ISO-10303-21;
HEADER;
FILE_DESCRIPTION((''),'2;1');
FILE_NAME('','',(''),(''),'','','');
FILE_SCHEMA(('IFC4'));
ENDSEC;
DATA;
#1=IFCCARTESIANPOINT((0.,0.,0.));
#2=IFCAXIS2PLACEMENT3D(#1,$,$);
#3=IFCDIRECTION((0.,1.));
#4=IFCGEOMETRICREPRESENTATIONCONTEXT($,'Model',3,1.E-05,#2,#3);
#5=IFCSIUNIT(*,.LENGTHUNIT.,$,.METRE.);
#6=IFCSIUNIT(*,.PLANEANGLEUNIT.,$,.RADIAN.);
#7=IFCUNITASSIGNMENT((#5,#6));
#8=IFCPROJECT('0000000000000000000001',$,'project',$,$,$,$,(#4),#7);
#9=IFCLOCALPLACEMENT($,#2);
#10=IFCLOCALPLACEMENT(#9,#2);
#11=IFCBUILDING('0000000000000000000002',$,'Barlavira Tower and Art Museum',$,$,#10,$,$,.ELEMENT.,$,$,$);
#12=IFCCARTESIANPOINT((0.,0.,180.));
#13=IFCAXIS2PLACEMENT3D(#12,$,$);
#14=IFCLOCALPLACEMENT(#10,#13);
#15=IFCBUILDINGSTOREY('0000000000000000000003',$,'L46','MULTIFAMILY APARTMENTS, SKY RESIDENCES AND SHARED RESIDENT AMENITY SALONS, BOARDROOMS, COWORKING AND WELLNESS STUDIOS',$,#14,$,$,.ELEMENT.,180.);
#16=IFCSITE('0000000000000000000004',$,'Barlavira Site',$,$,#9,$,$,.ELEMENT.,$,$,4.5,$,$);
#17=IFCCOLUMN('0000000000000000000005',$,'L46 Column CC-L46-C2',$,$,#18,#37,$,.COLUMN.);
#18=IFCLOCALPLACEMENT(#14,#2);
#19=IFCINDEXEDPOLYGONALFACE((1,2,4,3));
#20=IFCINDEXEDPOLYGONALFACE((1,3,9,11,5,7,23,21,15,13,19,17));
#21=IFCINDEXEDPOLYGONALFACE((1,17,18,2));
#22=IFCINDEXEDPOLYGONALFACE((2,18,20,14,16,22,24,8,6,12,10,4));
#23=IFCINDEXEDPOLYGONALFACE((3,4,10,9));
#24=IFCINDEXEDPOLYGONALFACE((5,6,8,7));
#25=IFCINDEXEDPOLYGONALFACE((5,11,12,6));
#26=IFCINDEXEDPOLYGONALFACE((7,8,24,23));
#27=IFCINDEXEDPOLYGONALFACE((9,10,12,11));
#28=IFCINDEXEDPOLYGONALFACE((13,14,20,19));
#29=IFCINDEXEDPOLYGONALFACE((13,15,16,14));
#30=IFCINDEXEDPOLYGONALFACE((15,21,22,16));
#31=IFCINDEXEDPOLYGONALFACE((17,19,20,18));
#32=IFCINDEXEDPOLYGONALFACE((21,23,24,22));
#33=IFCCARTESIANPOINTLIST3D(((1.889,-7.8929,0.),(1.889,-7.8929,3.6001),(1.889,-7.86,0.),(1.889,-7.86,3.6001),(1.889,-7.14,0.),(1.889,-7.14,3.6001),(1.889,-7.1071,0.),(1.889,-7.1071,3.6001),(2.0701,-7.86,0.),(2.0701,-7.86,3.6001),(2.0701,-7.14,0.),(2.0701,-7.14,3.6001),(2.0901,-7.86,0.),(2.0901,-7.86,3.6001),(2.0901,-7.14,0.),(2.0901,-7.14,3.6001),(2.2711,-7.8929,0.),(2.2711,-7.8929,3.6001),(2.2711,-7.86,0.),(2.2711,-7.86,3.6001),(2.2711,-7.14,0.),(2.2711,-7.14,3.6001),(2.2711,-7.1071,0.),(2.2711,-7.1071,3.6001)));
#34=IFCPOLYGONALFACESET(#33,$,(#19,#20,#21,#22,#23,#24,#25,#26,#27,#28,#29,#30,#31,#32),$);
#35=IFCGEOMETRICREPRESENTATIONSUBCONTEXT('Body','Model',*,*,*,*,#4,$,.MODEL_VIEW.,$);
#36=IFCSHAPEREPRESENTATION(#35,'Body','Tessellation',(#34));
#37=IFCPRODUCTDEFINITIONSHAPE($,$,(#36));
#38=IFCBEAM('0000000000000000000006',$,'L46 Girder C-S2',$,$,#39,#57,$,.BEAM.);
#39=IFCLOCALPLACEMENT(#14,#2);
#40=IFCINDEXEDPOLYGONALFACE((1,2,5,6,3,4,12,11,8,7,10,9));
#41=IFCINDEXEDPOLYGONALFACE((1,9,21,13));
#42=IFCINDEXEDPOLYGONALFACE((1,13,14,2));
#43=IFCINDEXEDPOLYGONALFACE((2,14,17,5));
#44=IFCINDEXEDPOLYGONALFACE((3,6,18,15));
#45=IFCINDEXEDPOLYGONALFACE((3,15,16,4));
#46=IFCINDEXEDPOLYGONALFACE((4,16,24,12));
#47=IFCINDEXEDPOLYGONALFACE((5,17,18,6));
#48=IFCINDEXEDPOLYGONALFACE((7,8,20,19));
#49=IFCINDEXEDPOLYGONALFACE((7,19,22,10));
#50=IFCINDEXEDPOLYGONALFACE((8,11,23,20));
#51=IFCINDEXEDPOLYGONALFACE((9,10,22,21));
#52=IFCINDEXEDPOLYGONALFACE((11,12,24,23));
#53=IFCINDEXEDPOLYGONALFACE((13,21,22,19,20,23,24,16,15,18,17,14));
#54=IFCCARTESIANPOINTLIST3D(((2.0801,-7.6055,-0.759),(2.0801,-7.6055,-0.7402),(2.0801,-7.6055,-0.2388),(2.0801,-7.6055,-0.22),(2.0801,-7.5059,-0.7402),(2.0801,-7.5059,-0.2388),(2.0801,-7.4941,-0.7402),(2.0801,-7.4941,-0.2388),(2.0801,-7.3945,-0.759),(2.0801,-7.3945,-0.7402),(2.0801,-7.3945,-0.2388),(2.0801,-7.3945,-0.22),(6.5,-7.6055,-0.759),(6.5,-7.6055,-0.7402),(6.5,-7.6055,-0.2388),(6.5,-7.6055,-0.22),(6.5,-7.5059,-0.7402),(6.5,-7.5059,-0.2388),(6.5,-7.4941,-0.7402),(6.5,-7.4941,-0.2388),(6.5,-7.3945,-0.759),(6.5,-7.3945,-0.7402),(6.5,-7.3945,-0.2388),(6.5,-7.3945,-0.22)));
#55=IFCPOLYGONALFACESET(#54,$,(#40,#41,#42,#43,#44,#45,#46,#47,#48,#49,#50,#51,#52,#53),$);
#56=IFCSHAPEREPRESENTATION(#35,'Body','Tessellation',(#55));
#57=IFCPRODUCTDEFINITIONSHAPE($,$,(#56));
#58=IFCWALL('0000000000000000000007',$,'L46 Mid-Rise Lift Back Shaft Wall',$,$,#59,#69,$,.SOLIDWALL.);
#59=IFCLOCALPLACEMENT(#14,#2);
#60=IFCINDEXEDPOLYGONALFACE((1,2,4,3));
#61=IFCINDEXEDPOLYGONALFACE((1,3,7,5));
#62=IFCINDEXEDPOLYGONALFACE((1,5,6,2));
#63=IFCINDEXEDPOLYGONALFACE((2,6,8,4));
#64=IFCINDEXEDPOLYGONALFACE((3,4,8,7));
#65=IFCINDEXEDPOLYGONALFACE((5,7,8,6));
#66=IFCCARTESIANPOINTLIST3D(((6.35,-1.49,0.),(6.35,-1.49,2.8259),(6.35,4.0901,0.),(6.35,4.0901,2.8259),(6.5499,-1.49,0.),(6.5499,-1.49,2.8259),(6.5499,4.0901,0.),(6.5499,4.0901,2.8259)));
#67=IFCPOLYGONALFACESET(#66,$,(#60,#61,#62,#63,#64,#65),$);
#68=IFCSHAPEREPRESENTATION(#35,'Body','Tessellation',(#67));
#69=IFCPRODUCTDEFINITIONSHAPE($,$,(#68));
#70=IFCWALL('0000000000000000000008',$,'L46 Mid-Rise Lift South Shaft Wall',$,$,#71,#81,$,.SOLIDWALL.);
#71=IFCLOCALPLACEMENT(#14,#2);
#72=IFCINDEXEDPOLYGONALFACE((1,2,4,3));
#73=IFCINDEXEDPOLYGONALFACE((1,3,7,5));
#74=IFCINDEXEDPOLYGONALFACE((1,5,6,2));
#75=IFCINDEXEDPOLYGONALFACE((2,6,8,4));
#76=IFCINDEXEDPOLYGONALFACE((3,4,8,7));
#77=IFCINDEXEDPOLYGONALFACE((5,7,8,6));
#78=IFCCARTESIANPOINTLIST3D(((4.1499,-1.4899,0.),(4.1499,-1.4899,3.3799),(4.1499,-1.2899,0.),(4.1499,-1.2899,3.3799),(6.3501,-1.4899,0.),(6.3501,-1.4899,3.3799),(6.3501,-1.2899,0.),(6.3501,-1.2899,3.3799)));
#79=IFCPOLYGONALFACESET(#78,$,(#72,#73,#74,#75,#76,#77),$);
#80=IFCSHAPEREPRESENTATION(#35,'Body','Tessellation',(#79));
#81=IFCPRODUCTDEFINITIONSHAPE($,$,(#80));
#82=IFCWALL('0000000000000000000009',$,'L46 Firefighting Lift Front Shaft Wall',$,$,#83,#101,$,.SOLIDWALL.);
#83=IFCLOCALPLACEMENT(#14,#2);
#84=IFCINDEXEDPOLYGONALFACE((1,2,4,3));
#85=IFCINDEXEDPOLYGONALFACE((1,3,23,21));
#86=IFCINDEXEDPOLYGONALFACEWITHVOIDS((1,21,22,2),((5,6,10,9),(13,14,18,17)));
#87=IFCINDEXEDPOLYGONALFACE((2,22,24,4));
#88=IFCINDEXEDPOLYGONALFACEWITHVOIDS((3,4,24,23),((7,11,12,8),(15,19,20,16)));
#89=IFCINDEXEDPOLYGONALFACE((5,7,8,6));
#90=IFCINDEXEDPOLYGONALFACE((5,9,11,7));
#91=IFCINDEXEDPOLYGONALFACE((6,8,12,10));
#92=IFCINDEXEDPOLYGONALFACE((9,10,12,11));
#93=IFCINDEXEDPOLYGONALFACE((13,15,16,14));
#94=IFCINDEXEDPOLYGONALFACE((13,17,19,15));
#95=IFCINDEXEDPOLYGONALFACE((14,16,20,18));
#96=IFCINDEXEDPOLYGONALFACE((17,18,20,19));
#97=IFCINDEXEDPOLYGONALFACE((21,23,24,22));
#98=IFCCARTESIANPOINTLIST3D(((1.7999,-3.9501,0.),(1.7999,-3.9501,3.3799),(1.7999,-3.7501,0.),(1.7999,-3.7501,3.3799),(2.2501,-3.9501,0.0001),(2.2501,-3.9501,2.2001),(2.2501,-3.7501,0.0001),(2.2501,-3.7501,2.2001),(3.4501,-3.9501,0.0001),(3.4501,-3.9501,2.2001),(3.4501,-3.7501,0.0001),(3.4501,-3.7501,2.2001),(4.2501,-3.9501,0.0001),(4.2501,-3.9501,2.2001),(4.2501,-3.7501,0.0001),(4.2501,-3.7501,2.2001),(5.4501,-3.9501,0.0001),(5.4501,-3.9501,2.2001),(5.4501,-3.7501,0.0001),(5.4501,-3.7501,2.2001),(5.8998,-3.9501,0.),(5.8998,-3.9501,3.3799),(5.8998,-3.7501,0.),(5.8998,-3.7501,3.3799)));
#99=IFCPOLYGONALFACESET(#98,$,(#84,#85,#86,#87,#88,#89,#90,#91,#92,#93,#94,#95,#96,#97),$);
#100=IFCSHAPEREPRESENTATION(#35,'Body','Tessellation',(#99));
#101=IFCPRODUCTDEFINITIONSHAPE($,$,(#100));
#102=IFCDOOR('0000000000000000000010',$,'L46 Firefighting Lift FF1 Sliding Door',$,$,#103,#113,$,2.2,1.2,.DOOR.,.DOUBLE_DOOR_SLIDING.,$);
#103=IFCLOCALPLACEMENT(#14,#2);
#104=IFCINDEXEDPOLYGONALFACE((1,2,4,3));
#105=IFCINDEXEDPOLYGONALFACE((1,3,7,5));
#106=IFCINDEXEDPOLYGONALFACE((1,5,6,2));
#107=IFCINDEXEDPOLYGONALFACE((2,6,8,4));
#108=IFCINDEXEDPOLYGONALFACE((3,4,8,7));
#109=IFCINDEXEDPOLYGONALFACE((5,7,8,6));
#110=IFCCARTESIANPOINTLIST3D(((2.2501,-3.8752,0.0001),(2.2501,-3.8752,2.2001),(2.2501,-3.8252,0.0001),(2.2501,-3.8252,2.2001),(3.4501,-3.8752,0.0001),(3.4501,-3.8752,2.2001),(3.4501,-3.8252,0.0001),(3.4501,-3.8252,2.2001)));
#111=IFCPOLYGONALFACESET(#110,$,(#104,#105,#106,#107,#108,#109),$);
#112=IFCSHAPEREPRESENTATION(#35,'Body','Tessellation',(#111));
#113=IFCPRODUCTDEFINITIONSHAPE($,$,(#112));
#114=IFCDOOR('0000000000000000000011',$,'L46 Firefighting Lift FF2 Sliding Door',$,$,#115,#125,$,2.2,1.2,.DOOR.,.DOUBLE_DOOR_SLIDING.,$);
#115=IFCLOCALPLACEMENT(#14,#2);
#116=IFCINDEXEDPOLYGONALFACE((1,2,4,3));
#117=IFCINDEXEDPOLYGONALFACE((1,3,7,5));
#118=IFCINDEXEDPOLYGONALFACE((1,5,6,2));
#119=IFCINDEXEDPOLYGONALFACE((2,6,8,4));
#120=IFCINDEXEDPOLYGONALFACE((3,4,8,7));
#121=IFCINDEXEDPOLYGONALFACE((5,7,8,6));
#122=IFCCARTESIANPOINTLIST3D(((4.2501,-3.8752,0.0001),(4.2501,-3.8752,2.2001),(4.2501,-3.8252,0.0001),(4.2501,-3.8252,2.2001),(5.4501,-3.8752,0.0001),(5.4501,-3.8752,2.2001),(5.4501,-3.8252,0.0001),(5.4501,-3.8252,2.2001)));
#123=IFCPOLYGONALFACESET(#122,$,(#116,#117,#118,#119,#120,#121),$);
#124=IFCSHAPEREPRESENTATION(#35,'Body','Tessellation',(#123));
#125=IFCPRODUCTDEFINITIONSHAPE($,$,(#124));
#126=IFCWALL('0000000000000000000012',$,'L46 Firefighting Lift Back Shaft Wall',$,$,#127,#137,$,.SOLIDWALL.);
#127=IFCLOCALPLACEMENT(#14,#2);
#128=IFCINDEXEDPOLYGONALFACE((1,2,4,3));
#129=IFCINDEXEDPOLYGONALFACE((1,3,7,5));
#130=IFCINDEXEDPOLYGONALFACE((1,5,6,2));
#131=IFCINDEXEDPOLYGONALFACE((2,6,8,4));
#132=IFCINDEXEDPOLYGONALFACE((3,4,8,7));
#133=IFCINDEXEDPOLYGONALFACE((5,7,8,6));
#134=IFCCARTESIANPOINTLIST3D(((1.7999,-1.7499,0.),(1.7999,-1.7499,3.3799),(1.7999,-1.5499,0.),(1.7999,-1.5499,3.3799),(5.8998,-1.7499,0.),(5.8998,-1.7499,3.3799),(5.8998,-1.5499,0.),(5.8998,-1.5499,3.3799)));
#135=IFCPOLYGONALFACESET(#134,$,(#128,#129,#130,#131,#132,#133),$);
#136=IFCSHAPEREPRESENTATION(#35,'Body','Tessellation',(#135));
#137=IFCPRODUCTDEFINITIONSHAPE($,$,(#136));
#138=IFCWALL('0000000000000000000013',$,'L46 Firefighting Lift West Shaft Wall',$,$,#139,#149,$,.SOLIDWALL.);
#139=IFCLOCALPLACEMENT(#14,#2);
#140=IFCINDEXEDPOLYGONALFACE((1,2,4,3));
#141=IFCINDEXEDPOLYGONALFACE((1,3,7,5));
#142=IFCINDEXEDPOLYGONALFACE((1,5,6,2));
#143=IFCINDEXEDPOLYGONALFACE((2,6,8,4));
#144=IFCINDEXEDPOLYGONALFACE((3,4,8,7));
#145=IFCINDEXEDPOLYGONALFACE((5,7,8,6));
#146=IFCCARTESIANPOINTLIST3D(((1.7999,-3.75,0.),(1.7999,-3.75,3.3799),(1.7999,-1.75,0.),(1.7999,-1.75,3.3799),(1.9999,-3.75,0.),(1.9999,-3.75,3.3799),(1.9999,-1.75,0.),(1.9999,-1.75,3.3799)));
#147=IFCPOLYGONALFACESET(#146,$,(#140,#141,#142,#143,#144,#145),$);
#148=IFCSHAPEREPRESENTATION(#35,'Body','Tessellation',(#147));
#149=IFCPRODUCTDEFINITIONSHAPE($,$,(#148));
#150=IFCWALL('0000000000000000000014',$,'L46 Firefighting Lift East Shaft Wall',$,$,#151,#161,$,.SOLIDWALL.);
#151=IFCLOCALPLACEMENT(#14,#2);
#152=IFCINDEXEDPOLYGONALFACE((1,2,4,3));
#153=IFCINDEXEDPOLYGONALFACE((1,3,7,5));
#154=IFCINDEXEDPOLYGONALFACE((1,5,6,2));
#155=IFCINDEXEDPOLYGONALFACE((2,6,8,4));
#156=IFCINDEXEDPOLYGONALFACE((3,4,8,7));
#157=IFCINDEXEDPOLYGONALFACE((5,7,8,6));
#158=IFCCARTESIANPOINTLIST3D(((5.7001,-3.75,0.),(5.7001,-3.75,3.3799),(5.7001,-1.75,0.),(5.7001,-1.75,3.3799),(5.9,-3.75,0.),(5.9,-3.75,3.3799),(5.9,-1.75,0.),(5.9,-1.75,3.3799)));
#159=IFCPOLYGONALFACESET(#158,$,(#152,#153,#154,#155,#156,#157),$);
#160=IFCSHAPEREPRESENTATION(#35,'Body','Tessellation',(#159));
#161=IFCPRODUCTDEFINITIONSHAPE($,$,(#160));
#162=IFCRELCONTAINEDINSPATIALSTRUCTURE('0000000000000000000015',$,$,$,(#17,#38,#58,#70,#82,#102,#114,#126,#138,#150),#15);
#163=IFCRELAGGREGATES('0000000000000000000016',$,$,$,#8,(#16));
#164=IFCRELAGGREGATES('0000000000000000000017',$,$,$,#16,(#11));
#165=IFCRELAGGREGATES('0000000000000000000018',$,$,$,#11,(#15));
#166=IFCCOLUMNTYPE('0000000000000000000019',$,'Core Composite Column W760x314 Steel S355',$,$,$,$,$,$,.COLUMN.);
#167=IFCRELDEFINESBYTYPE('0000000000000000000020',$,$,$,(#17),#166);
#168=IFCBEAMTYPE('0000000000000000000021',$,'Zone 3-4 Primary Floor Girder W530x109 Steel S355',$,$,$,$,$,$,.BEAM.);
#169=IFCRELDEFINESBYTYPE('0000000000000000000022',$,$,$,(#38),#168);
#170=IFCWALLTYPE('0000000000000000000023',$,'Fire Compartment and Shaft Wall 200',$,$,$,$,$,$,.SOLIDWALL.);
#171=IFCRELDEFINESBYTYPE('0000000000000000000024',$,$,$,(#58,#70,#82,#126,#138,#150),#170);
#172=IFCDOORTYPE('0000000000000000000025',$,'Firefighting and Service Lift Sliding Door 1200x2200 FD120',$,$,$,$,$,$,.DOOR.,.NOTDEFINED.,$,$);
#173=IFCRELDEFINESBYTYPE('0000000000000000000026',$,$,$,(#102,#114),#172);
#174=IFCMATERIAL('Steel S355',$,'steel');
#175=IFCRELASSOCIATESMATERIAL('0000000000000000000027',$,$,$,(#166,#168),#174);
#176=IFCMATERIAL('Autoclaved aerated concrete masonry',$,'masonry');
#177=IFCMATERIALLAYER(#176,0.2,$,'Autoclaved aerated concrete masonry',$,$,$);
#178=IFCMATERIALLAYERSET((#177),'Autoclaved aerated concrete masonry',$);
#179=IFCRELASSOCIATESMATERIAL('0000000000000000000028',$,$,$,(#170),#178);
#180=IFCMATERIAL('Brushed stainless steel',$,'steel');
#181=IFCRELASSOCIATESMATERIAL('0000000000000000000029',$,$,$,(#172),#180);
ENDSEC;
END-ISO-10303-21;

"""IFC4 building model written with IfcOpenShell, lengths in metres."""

from ifc_helpers import new_model, si_unit, direction, frame, frame_2d, origin, origin_2d, place, context, subcontext, project, spatial, rectangle, i_section, extrude, material, layer, layer_set, material_profile, profile_set, type_object, element, fill, save


model = new_model("IFC4")

# Units and contexts
model_context = context("Model", 3, precision=1e-05, world=origin(), true_north=direction((0.0, 1.0)))
body_context = subcontext(model_context, "Body", "Model", "MODEL_VIEW")
ifc_project = project(units=[si_unit("LENGTHUNIT", "METRE"), si_unit("PLANEANGLEUNIT", "RADIAN")], contexts=[model_context])

# Site, building, storey
site_placement = place(None, origin())
site = spatial("IfcSite", under=ifc_project, at=site_placement, Name="Barlavira Site", CompositionType="ELEMENT", RefElevation=4.5)
building_placement = place(site_placement, origin())
building = spatial("IfcBuilding", under=site, at=building_placement, Name="Barlavira Tower and Art Museum", CompositionType="ELEMENT")
storey_placement = place(building_placement, frame((0.0, 0.0, 180.0)))
storey = spatial("IfcBuildingStorey", under=building, at=storey_placement, Name="L46", Description="MULTIFAMILY APARTMENTS, SKY RESIDENCES AND SHARED RESIDENT AMENITY SALONS, BOARDROOMS, COWORKING AND WELLNESS STUDIOS", CompositionType="ELEMENT", Elevation=180.0)

# Column
ifc_material_1 = material(Name="Steel S355", Category="steel")
ifc_material_profile_1 = material_profile(ifc_material_1, i_section(OverallWidth=0.3821, OverallDepth=0.7859, WebThickness=0.02, FlangeThickness=0.033, at=origin_2d()), Name="W760x314.0")
ifc_profile_set_1 = profile_set([ifc_material_profile_1], Name="Steel S355")
column_type = type_object("IfcColumnType", Name="Core Composite Column W760x314 Steel S355", PredefinedType="COLUMN", material=ifc_profile_set_1)
column_placement = place(storey_placement, frame((2.0801, -7.5, 0.0), z_axis=(0.0, 0.0, 1.0), x_axis=(1.0, 0.0, 0.0)))
element("IfcColumn", 1, at=column_placement, inside=storey, type_object=column_type, Name="L46 Column CC-L46-C2", PredefinedType="COLUMN", context=body_context, shape_type="SweptSolid", body=[
    extrude(i_section(OverallWidth=0.3821, OverallDepth=0.7859, WebThickness=0.02, FlangeThickness=0.033, at=origin_2d()), origin(), (0.0, 0.0, 1.0), 3.6001),
])

# Beam
ifc_material_profile_2 = material_profile(ifc_material_1, i_section(OverallWidth=0.2109, OverallDepth=0.5391, WebThickness=0.0117, FlangeThickness=0.0188, at=origin_2d()), Name="W530x109.0")
ifc_profile_set_2 = profile_set([ifc_material_profile_2], Name="Steel S355")
beam_type = type_object("IfcBeamType", Name="Zone 3-4 Primary Floor Girder W530x109 Steel S355", PredefinedType="BEAM", material=ifc_profile_set_2)
beam_placement = place(storey_placement, frame((2.0801, -7.5, -0.4895), z_axis=(1.0, 0.0, 0.0), x_axis=(0.0, 1.0, 0.0)))
element("IfcBeam", 2, at=beam_placement, inside=storey, type_object=beam_type, Name="L46 Girder C-S2", PredefinedType="BEAM", context=body_context, shape_type="SweptSolid", body=[
    extrude(i_section(OverallWidth=0.2109, OverallDepth=0.5391, WebThickness=0.0117, FlangeThickness=0.0188, at=origin_2d()), origin(), (0.0, 0.0, 1.0), 4.4199),
])

# Shared definitions
ifc_material_2 = material(Name="Autoclaved aerated concrete masonry", Category="masonry")
ifc_layer_1 = layer(ifc_material_2, 0.2, Name="Autoclaved aerated concrete masonry")
ifc_layer_set_1 = layer_set([ifc_layer_1], Name="Autoclaved aerated concrete masonry")
wall_type_1 = type_object("IfcWallType", Name="Fire Compartment and Shaft Wall 200", PredefinedType="SOLIDWALL", material=ifc_layer_set_1)
ifc_material_3 = material(Name="Brushed stainless steel", Category="steel")

# Walls
wall_1_placement = place(storey_placement, frame((6.45, -1.49, 0.0), z_axis=(0.0, 0.0, 1.0), x_axis=(0.0, 1.0, 0.0)))
element("IfcWall", 3, at=wall_1_placement, inside=storey, type_object=wall_type_1, Name="L46 Mid-Rise Lift Back Shaft Wall", PredefinedType="SOLIDWALL", context=body_context, shape_type="SweptSolid", body=[
    extrude(rectangle(XDim=5.5801, YDim=0.2, at=frame_2d((2.79, 0.0))), origin(), (0.0, 0.0, 1.0), 2.8259),
])
wall_2_placement = place(storey_placement, frame((4.1499, -1.3899, 0.0), z_axis=(0.0, 0.0, 1.0), x_axis=(1.0, 0.0, 0.0)))
element("IfcWall", 4, at=wall_2_placement, inside=storey, type_object=wall_type_1, Name="L46 Mid-Rise Lift South Shaft Wall", PredefinedType="SOLIDWALL", context=body_context, shape_type="SweptSolid", body=[
    extrude(rectangle(XDim=2.2002, YDim=0.2, at=frame_2d((1.1001, 0.0))), origin(), (0.0, 0.0, 1.0), 3.3799),
])

# Wall, openings, doors
wall_3_placement = place(storey_placement, frame((1.8, -3.8501, 0.0), z_axis=(0.0, 0.0, 1.0), x_axis=(1.0, 0.0, 0.0)))
wall_3 = element("IfcWall", 5, at=wall_3_placement, inside=storey, type_object=wall_type_1, Name="L46 Firefighting Lift Front Shaft Wall", PredefinedType="SOLIDWALL", context=body_context, shape_type="SweptSolid", body=[
    extrude(rectangle(XDim=4.0999, YDim=0.2, at=frame_2d((2.0498, 0.0))), origin(), (0.0, 0.0, 1.0), 3.3799),
])
opening_1_placement = place(wall_3_placement, frame((0.45, 0.0, 0.0)))
opening_1 = element("IfcOpeningElement", 6, at=opening_1_placement, cuts=wall_3, PredefinedType="OPENING", context=body_context, shape_type="SweptSolid", body=[
    extrude(rectangle(XDim=1.2, YDim=2.2, at=frame_2d((0.6001, 1.1001))), frame((0.0, 0.1099, 0.0), z_axis=(0.0, -1.0, 0.0), x_axis=(1.0, 0.0, 0.0)), (0.0, 0.0, 1.0), 0.22),
])
opening_2_placement = place(wall_3_placement, frame((2.45, 0.0, 0.0)))
opening_2 = element("IfcOpeningElement", 7, at=opening_2_placement, cuts=wall_3, PredefinedType="OPENING", context=body_context, shape_type="SweptSolid", body=[
    extrude(rectangle(XDim=1.2, YDim=2.2, at=frame_2d((0.6001, 1.1001))), frame((0.0, 0.1099, 0.0), z_axis=(0.0, -1.0, 0.0), x_axis=(1.0, 0.0, 0.0)), (0.0, 0.0, 1.0), 0.22),
])
door_type_1 = type_object("IfcDoorType", Name="Firefighting and Service Lift Sliding Door 1200x2200 FD120", OperationType="NOTDEFINED", PredefinedType="DOOR", material=ifc_material_3)
door_1_placement = place(opening_1_placement, origin())
door_1 = element("IfcDoor", 8, at=door_1_placement, inside=storey, type_object=door_type_1, Name="L46 Firefighting Lift FF1 Sliding Door", OperationType="DOUBLE_DOOR_SLIDING", OverallHeight=2.2, OverallWidth=1.2, PredefinedType="DOOR", context=body_context, shape_type="SweptSolid", body=[
    extrude(rectangle(XDim=1.2, YDim=2.2, at=frame_2d((0.6001, 1.1001))), frame((0.0, 0.0249, 0.0), z_axis=(0.0, -1.0, 0.0), x_axis=(1.0, 0.0, 0.0)), (0.0, 0.0, 1.0), 0.05),
])
fill(opening_1, door_1)
door_2_placement = place(opening_2_placement, origin())
door_2 = element("IfcDoor", 9, at=door_2_placement, inside=storey, type_object=door_type_1, Name="L46 Firefighting Lift FF2 Sliding Door", OperationType="DOUBLE_DOOR_SLIDING", OverallHeight=2.2, OverallWidth=1.2, PredefinedType="DOOR", context=body_context, shape_type="SweptSolid", body=[
    extrude(rectangle(XDim=1.2, YDim=2.2, at=frame_2d((0.6001, 1.1001))), frame((0.0, 0.0249, 0.0), z_axis=(0.0, -1.0, 0.0), x_axis=(1.0, 0.0, 0.0)), (0.0, 0.0, 1.0), 0.05),
])
fill(opening_2, door_2)

# Walls
wall_4_placement = place(storey_placement, frame((1.8, -1.6499, 0.0), z_axis=(0.0, 0.0, 1.0), x_axis=(1.0, 0.0, 0.0)))
element("IfcWall", 10, at=wall_4_placement, inside=storey, type_object=wall_type_1, Name="L46 Firefighting Lift Back Shaft Wall", PredefinedType="SOLIDWALL", context=body_context, shape_type="SweptSolid", body=[
    extrude(rectangle(XDim=4.0999, YDim=0.2, at=frame_2d((2.0498, 0.0))), origin(), (0.0, 0.0, 1.0), 3.3799),
])
for number, where, z_axis, x_axis, name in (
    (11, (1.8999, -3.75, 0.0), (0.0, 0.0, 1.0), (0.0, 1.0, 0.0), "L46 Firefighting Lift West Shaft Wall"),
    (12, (5.8, -3.75, 0.0), (0.0, 0.0, 1.0), (0.0, 1.0, 0.0), "L46 Firefighting Lift East Shaft Wall"),
):
    element("IfcWall", number, at=place(storey_placement, frame(where, z_axis=z_axis, x_axis=x_axis)), inside=storey, type_object=wall_type_1, Name=name, PredefinedType="SOLIDWALL", context=body_context, shape_type="SweptSolid", body=[
        extrude(rectangle(XDim=2.0, YDim=0.2, at=frame_2d((1.0, 0.0))), origin(), (0.0, 0.0, 1.0), 3.3799),
    ])

save(model, "model.ifc")
